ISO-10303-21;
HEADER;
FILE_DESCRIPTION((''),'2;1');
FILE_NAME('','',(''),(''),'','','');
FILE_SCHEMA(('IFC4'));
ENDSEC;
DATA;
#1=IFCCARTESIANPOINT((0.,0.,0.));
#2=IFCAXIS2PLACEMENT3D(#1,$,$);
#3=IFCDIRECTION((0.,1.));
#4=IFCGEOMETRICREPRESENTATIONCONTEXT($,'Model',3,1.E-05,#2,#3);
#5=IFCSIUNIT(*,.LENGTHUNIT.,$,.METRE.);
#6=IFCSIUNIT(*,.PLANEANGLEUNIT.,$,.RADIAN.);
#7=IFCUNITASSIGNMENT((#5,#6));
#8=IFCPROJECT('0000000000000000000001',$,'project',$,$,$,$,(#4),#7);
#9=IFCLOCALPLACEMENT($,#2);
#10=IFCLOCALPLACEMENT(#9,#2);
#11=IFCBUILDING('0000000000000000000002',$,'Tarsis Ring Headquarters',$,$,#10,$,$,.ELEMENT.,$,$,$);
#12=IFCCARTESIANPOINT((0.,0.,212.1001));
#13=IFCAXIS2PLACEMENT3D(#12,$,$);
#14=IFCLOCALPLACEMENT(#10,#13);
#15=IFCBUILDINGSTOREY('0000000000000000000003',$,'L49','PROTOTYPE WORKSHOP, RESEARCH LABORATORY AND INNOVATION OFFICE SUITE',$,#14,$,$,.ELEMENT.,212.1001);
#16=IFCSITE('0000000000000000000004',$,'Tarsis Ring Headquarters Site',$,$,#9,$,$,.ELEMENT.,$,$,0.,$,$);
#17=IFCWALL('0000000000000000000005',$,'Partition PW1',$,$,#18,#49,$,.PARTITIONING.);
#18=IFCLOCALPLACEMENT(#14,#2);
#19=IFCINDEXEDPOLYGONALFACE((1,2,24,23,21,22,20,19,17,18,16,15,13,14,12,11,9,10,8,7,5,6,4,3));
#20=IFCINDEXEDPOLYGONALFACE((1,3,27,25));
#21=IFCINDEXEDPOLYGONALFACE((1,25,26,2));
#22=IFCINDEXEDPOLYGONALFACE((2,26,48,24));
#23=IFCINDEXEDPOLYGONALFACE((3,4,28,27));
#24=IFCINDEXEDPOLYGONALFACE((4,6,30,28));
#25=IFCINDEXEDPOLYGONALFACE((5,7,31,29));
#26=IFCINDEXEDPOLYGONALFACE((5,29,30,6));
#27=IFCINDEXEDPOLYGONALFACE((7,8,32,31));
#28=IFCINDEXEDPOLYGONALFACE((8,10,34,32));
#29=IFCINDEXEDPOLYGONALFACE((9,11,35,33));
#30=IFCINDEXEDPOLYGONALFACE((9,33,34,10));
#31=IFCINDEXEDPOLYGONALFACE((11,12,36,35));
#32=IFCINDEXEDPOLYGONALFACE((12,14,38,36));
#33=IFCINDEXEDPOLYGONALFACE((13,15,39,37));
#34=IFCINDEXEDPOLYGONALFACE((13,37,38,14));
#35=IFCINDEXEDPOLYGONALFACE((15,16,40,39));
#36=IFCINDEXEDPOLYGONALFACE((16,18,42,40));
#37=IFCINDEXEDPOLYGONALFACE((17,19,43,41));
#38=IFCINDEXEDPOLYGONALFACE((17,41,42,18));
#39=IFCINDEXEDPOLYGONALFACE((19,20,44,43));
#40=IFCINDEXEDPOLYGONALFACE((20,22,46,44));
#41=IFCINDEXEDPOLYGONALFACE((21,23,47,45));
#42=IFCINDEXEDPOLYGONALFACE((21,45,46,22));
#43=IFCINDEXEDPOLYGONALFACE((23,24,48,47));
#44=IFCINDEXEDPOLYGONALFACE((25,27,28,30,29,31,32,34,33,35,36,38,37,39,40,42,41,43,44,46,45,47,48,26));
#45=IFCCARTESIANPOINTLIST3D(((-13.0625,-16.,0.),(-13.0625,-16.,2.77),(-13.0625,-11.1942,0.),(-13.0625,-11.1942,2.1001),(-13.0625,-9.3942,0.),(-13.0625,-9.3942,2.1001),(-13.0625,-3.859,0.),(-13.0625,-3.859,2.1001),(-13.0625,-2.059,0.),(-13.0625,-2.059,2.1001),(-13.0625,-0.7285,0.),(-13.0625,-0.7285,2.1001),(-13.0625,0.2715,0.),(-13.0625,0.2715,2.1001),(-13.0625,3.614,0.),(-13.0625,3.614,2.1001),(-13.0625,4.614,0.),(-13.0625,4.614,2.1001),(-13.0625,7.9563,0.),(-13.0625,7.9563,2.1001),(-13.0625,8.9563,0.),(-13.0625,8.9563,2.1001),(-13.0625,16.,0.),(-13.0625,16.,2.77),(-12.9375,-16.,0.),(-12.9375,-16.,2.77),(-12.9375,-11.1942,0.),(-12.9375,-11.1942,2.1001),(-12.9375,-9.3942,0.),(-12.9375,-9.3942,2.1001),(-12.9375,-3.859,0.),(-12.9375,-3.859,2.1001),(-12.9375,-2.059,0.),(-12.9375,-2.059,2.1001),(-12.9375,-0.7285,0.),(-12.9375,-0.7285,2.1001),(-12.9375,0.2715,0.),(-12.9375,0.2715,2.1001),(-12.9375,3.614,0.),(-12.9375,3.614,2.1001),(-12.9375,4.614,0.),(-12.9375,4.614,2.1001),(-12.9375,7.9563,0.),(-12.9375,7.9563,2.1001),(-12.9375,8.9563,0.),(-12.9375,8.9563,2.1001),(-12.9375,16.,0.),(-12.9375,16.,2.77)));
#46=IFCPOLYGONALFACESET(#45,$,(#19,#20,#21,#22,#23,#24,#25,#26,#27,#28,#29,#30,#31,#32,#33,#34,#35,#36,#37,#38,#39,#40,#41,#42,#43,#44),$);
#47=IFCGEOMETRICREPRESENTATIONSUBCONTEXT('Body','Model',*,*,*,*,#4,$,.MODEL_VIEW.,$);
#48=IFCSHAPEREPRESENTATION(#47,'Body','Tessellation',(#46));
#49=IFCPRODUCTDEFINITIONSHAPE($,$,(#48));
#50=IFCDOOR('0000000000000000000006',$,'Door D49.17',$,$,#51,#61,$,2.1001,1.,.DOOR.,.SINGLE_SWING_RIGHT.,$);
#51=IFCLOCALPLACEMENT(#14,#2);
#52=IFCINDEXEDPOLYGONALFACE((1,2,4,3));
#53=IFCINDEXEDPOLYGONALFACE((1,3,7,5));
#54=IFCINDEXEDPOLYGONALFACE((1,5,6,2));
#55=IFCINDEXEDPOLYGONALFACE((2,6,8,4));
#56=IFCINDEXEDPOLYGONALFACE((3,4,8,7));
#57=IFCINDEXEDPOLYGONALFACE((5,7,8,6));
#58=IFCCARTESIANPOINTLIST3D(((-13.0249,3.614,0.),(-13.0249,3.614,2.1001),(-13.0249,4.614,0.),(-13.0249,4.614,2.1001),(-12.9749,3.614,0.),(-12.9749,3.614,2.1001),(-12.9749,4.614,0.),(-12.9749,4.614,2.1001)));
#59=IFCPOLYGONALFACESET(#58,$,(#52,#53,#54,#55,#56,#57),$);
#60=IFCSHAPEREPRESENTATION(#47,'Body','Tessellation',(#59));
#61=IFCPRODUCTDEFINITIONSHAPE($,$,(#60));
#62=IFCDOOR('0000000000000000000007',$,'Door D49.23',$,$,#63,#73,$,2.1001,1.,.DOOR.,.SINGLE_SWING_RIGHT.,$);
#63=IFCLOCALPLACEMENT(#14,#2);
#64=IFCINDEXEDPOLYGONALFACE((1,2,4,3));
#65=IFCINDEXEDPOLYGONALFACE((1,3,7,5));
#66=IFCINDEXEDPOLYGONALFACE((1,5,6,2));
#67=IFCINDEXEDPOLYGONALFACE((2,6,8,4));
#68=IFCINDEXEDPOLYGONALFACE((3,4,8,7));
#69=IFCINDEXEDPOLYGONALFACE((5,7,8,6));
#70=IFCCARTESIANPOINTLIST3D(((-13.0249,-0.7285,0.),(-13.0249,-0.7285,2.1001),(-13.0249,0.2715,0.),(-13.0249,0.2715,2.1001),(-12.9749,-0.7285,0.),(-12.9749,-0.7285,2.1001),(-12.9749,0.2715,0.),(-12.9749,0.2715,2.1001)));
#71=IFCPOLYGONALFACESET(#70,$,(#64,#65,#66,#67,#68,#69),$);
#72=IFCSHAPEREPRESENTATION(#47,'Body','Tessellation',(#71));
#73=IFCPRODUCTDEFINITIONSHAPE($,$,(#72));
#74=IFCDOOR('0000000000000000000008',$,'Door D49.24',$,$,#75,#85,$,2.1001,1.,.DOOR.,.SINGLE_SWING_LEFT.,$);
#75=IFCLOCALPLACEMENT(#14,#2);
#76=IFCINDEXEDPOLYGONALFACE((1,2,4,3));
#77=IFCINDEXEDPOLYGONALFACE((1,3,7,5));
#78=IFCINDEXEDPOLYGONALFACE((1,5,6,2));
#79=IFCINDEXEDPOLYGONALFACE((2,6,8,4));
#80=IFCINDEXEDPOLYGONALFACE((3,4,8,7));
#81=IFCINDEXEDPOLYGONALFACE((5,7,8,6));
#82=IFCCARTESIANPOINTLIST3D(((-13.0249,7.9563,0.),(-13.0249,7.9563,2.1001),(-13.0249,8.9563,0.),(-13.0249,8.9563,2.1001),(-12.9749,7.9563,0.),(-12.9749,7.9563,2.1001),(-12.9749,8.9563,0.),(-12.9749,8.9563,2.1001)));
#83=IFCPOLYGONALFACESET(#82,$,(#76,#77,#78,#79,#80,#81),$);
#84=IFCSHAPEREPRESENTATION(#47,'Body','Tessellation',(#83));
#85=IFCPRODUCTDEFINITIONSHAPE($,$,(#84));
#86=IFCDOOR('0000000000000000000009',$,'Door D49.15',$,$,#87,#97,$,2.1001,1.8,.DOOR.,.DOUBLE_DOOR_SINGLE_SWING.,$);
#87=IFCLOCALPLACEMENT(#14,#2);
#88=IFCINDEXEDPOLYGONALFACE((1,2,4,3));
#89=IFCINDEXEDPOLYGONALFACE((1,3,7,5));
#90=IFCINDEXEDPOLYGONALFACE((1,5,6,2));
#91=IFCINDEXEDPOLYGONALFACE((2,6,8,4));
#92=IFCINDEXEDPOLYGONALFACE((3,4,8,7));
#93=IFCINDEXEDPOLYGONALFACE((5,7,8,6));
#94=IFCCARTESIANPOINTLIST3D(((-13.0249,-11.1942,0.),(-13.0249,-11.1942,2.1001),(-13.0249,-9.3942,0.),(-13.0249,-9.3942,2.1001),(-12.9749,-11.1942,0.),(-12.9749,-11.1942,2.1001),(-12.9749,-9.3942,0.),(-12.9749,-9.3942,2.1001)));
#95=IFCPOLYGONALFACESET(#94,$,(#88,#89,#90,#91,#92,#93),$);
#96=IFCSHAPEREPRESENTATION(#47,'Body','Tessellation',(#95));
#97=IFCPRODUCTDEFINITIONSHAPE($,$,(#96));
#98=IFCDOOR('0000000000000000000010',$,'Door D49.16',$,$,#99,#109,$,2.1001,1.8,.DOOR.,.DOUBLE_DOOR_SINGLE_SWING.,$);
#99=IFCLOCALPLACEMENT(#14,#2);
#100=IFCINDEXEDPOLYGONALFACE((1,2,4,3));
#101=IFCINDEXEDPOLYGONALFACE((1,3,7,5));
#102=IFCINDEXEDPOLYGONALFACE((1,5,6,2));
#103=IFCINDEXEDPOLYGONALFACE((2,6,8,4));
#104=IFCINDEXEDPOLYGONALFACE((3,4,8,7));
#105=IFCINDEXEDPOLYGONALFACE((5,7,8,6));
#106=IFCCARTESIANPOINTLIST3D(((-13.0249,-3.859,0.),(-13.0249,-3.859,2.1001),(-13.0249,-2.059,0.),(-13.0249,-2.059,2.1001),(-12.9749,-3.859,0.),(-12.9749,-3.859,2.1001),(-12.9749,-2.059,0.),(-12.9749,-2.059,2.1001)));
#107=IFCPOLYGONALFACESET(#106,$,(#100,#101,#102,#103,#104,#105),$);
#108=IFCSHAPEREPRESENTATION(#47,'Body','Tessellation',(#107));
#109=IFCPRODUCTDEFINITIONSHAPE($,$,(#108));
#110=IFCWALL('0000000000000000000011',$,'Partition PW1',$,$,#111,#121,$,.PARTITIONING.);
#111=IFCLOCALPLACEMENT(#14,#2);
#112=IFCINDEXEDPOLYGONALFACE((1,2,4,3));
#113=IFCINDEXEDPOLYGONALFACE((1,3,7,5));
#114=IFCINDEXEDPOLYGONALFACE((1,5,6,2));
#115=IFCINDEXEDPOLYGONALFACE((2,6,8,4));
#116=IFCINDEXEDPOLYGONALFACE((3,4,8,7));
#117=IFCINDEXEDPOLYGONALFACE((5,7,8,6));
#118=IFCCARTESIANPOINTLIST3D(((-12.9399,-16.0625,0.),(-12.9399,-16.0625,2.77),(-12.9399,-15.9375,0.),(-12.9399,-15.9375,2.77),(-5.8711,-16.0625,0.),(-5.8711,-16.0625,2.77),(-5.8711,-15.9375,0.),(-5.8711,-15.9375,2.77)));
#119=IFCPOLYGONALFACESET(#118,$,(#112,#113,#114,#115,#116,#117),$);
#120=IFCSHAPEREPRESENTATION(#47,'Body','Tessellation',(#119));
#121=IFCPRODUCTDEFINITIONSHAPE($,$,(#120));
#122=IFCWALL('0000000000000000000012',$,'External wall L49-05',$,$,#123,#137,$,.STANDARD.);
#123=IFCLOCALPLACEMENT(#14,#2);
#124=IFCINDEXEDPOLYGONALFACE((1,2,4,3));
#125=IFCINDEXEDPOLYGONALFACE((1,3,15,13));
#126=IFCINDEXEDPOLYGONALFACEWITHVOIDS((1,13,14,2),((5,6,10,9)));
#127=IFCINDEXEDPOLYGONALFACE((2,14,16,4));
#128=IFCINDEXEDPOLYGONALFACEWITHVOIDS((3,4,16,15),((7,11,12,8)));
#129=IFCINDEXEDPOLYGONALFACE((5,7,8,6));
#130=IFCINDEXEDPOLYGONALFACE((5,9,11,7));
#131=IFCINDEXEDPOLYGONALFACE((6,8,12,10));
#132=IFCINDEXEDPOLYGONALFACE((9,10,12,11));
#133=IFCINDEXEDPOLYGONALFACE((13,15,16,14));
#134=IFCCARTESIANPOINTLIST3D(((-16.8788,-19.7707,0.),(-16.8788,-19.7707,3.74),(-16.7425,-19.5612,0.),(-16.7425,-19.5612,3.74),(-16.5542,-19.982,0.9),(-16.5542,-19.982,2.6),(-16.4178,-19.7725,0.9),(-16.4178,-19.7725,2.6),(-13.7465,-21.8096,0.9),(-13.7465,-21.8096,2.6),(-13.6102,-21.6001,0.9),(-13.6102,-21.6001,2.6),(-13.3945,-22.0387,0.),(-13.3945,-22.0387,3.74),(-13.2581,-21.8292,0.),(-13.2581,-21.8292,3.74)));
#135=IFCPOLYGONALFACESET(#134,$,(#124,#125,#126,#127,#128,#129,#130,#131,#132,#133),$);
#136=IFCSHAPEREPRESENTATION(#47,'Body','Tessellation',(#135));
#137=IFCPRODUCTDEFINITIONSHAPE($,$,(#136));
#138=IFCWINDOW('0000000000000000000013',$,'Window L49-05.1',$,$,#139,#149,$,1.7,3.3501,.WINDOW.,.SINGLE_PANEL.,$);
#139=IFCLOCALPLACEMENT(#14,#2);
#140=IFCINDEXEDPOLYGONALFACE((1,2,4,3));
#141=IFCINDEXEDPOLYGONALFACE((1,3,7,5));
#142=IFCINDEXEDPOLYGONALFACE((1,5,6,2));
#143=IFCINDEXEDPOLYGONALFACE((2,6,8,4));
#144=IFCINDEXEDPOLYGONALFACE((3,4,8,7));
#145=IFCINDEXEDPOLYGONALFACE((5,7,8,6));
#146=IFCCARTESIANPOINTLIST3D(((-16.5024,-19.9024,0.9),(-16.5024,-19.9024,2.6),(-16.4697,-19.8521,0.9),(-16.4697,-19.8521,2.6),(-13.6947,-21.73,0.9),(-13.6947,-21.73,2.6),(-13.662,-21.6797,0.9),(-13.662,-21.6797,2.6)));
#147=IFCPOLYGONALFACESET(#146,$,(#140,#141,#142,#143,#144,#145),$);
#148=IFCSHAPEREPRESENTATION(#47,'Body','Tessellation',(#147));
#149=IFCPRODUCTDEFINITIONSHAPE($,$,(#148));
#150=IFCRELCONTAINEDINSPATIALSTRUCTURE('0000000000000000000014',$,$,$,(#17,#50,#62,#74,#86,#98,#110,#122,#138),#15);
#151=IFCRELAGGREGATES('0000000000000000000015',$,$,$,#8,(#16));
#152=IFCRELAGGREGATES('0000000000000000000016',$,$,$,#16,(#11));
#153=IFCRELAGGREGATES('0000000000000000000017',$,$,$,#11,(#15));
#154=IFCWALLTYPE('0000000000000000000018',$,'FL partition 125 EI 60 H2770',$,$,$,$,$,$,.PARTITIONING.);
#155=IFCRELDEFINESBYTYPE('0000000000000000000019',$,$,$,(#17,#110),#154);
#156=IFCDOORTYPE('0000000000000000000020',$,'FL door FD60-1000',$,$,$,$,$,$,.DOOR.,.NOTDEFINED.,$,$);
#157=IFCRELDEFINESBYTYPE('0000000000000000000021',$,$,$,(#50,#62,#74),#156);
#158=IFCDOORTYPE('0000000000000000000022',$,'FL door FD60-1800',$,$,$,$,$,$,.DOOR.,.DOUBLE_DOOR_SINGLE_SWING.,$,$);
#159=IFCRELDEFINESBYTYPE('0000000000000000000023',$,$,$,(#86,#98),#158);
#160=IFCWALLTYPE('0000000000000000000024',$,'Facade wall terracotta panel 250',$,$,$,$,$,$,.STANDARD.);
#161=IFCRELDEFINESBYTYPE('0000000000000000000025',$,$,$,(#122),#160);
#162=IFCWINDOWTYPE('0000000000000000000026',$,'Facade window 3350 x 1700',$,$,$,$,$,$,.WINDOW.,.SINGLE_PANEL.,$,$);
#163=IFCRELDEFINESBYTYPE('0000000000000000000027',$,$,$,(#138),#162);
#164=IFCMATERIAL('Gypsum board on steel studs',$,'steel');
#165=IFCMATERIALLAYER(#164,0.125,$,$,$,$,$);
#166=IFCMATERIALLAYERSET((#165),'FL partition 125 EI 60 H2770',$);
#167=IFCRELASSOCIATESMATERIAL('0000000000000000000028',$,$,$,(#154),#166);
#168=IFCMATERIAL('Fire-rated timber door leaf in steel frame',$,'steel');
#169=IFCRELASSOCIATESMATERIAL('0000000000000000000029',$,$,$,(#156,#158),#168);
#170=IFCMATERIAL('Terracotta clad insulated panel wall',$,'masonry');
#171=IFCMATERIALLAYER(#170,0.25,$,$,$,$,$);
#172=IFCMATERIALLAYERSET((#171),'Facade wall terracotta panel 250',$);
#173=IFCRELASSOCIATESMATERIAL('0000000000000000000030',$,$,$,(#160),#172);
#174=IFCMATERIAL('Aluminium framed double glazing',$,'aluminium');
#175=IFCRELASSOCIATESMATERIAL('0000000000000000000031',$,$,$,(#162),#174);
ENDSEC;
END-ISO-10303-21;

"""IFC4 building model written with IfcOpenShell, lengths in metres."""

from ifc_helpers import new_model, si_unit, direction, frame, frame_2d, origin, place, context, subcontext, project, spatial, rectangle, extrude, material, layer, layer_set, type_object, element, fill, save


model = new_model("IFC4")

# Units and contexts
model_context = context("Model", 3, precision=1e-05, world=origin(), true_north=direction((0.0, 1.0)))
body_context = subcontext(model_context, "Body", "Model", "MODEL_VIEW")
ifc_project = project(units=[si_unit("LENGTHUNIT", "METRE"), si_unit("PLANEANGLEUNIT", "RADIAN")], contexts=[model_context])

# Site, building, storey
site_placement = place(None, origin())
site = spatial("IfcSite", under=ifc_project, at=site_placement, Name="Tarsis Ring Headquarters Site", CompositionType="ELEMENT", RefElevation=0.0)
building_placement = place(site_placement, origin())
building = spatial("IfcBuilding", under=site, at=building_placement, Name="Tarsis Ring Headquarters", CompositionType="ELEMENT")
storey_placement = place(building_placement, frame((0.0, 0.0, 212.1001)))
storey = spatial("IfcBuildingStorey", under=building, at=storey_placement, Name="L49", Description="PROTOTYPE WORKSHOP, RESEARCH LABORATORY AND INNOVATION OFFICE SUITE", CompositionType="ELEMENT", Elevation=212.1001)

# Shared definitions
ifc_material_1 = material(Name="Gypsum board on steel studs", Category="steel")

# Wall, openings, doors
ifc_layer_1 = layer(ifc_material_1, 0.125)
ifc_layer_set_1 = layer_set([ifc_layer_1], Name="FL partition 125 EI 60 H2770")
wall_type_1 = type_object("IfcWallType", Name="FL partition 125 EI 60 H2770", PredefinedType="PARTITIONING", material=ifc_layer_set_1)
wall_1_placement = place(storey_placement, frame((-13.0, -16.0, 0.0), z_axis=(0.0, 0.0, 1.0), x_axis=(0.0, 1.0, 0.0)))
wall_1 = element("IfcWall", 1, at=wall_1_placement, inside=storey, type_object=wall_type_1, Name="Partition PW1", PredefinedType="PARTITIONING", context=body_context, shape_type="SweptSolid", body=[
    extrude(rectangle(XDim=32.0, YDim=0.125, at=frame_2d((16.0, 0.0))), origin(), (0.0, 0.0, 1.0), 2.77),
])
opening_1_placement = place(wall_1_placement, frame((4.8059, 0.0, 0.0)))
opening_1 = element("IfcOpeningElement", 2, at=opening_1_placement, cuts=wall_1, PredefinedType="OPENING", context=body_context, shape_type="SweptSolid", body=[
    extrude(rectangle(XDim=1.8, YDim=2.1001, at=frame_2d((0.8999, 1.05))), frame((0.0, 0.0725, 0.0), z_axis=(0.0, -1.0, 0.0), x_axis=(1.0, 0.0, 0.0)), (0.0, 0.0, 1.0), 0.145),
])
opening_2_placement = place(wall_1_placement, frame((12.1411, 0.0, 0.0)))
opening_2 = element("IfcOpeningElement", 3, at=opening_2_placement, cuts=wall_1, PredefinedType="OPENING", context=body_context, shape_type="SweptSolid", body=[
    extrude(rectangle(XDim=1.8, YDim=2.1001, at=frame_2d((0.8999, 1.05))), frame((0.0, 0.0725, 0.0), z_axis=(0.0, -1.0, 0.0), x_axis=(1.0, 0.0, 0.0)), (0.0, 0.0, 1.0), 0.145),
])
opening_3_placement = place(wall_1_placement, frame((19.614, 0.0, 0.0)))
opening_3 = element("IfcOpeningElement", 4, at=opening_3_placement, cuts=wall_1, PredefinedType="OPENING", context=body_context, shape_type="SweptSolid", body=[
    extrude(rectangle(XDim=1.0, YDim=2.1001, at=frame_2d((0.5, 1.05))), frame((0.0, 0.0725, 0.0), z_axis=(0.0, -1.0, 0.0), x_axis=(1.0, 0.0, 0.0)), (0.0, 0.0, 1.0), 0.145),
])
opening_4_placement = place(wall_1_placement, frame((15.2715, 0.0, 0.0)))
opening_4 = element("IfcOpeningElement", 5, at=opening_4_placement, cuts=wall_1, PredefinedType="OPENING", context=body_context, shape_type="SweptSolid", body=[
    extrude(rectangle(XDim=1.0, YDim=2.1001, at=frame_2d((0.5, 1.05))), frame((0.0, 0.0725, 0.0), z_axis=(0.0, -1.0, 0.0), x_axis=(1.0, 0.0, 0.0)), (0.0, 0.0, 1.0), 0.145),
])
opening_5_placement = place(wall_1_placement, frame((23.9563, 0.0, 0.0)))
opening_5 = element("IfcOpeningElement", 6, at=opening_5_placement, cuts=wall_1, PredefinedType="OPENING", context=body_context, shape_type="SweptSolid", body=[
    extrude(rectangle(XDim=1.0, YDim=2.1001, at=frame_2d((0.5, 1.05))), frame((0.0, 0.0725, 0.0), z_axis=(0.0, -1.0, 0.0), x_axis=(1.0, 0.0, 0.0)), (0.0, 0.0, 1.0), 0.145),
])
ifc_material_2 = material(Name="Fire-rated timber door leaf in steel frame", Category="steel")
door_type_1 = type_object("IfcDoorType", Name="FL door FD60-1000", OperationType="NOTDEFINED", PredefinedType="DOOR", material=ifc_material_2)
door_1_placement = place(opening_3_placement, origin())
door_1 = element("IfcDoor", 7, at=door_1_placement, inside=storey, type_object=door_type_1, Name="Door D49.17", OperationType="SINGLE_SWING_RIGHT", OverallHeight=2.1001, OverallWidth=1.0, PredefinedType="DOOR", context=body_context, shape_type="SweptSolid", body=[
    extrude(rectangle(XDim=1.0, YDim=2.1001, at=frame_2d((0.5, 1.05))), frame((0.0, 0.0249, 0.0), z_axis=(0.0, -1.0, 0.0), x_axis=(1.0, 0.0, 0.0)), (0.0, 0.0, 1.0), 0.05),
])
fill(opening_3, door_1)
door_2_placement = place(opening_4_placement, origin())
door_2 = element("IfcDoor", 8, at=door_2_placement, inside=storey, type_object=door_type_1, Name="Door D49.23", OperationType="SINGLE_SWING_RIGHT", OverallHeight=2.1001, OverallWidth=1.0, PredefinedType="DOOR", context=body_context, shape_type="SweptSolid", body=[
    extrude(rectangle(XDim=1.0, YDim=2.1001, at=frame_2d((0.5, 1.05))), frame((0.0, 0.0249, 0.0), z_axis=(0.0, -1.0, 0.0), x_axis=(1.0, 0.0, 0.0)), (0.0, 0.0, 1.0), 0.05),
])
fill(opening_4, door_2)
door_3_placement = place(opening_5_placement, origin())
door_3 = element("IfcDoor", 9, at=door_3_placement, inside=storey, type_object=door_type_1, Name="Door D49.24", OperationType="SINGLE_SWING_LEFT", OverallHeight=2.1001, OverallWidth=1.0, PredefinedType="DOOR", context=body_context, shape_type="SweptSolid", body=[
    extrude(rectangle(XDim=1.0, YDim=2.1001, at=frame_2d((0.5, 1.05))), frame((0.0, 0.0249, 0.0), z_axis=(0.0, -1.0, 0.0), x_axis=(1.0, 0.0, 0.0)), (0.0, 0.0, 1.0), 0.05),
])
fill(opening_5, door_3)
door_type_2 = type_object("IfcDoorType", Name="FL door FD60-1800", OperationType="DOUBLE_DOOR_SINGLE_SWING", PredefinedType="DOOR", material=ifc_material_2)
door_4_placement = place(opening_1_placement, origin())
door_4 = element("IfcDoor", 10, at=door_4_placement, inside=storey, type_object=door_type_2, Name="Door D49.15", OperationType="DOUBLE_DOOR_SINGLE_SWING", OverallHeight=2.1001, OverallWidth=1.8, PredefinedType="DOOR", context=body_context, shape_type="SweptSolid", body=[
    extrude(rectangle(XDim=1.8, YDim=2.1001, at=frame_2d((0.8999, 1.05))), frame((0.0, 0.0249, 0.0), z_axis=(0.0, -1.0, 0.0), x_axis=(1.0, 0.0, 0.0)), (0.0, 0.0, 1.0), 0.05),
])
fill(opening_1, door_4)
door_5_placement = place(opening_2_placement, origin())
door_5 = element("IfcDoor", 11, at=door_5_placement, inside=storey, type_object=door_type_2, Name="Door D49.16", OperationType="DOUBLE_DOOR_SINGLE_SWING", OverallHeight=2.1001, OverallWidth=1.8, PredefinedType="DOOR", context=body_context, shape_type="SweptSolid", body=[
    extrude(rectangle(XDim=1.8, YDim=2.1001, at=frame_2d((0.8999, 1.05))), frame((0.0, 0.0249, 0.0), z_axis=(0.0, -1.0, 0.0), x_axis=(1.0, 0.0, 0.0)), (0.0, 0.0, 1.0), 0.05),
])
fill(opening_2, door_5)

# Wall
wall_2_placement = place(storey_placement, frame((-12.9399, -16.0, 0.0), z_axis=(0.0, 0.0, 1.0), x_axis=(1.0, 0.0, 0.0)))
element("IfcWall", 12, at=wall_2_placement, inside=storey, type_object=wall_type_1, Name="Partition PW1", PredefinedType="PARTITIONING", context=body_context, shape_type="SweptSolid", body=[
    extrude(rectangle(XDim=7.0688, YDim=0.125, at=frame_2d((3.5344, 0.0))), origin(), (0.0, 0.0, 1.0), 2.77),
])

# Wall, opening, window
ifc_material_3 = material(Name="Terracotta clad insulated panel wall", Category="masonry")
ifc_layer_2 = layer(ifc_material_3, 0.25)
ifc_layer_set_2 = layer_set([ifc_layer_2], Name="Facade wall terracotta panel 250")
wall_type_2 = type_object("IfcWallType", Name="Facade wall terracotta panel 250", PredefinedType="STANDARD", material=ifc_layer_set_2)
wall_3_placement = place(storey_placement, frame((-16.8105, -19.666, 0.0), z_axis=(0.0, 0.0, 1.0), x_axis=(0.838089, -0.545533, 0.0)))
wall_3 = element("IfcWall", 13, at=wall_3_placement, inside=storey, type_object=wall_type_2, Name="External wall L49-05", PredefinedType="STANDARD", context=body_context, shape_type="SweptSolid", body=[
    extrude(rectangle(XDim=4.1575, YDim=0.25, at=frame_2d((2.0786, 0.0))), origin(), (0.0, 0.0, 1.0), 3.74),
])
opening_6_placement = place(wall_3_placement, frame((0.3872, 0.0, 0.8999)))
opening_6 = element("IfcOpeningElement", 14, at=opening_6_placement, cuts=wall_3, PredefinedType="OPENING", context=body_context, shape_type="SweptSolid", body=[
    extrude(rectangle(XDim=3.3501, YDim=1.7, at=frame_2d((1.675, 0.8501))), frame((0.0, 0.135, 0.0), z_axis=(0.0, -1.0, 0.0), x_axis=(1.0, 0.0, 0.0)), (0.0, 0.0, 1.0), 0.27),
])
ifc_material_4 = material(Name="Aluminium framed double glazing", Category="aluminium")
window_type_1 = type_object("IfcWindowType", Name="Facade window 3350 x 1700", PartitioningType="SINGLE_PANEL", PredefinedType="WINDOW", material=ifc_material_4)
window_1_placement = place(opening_6_placement, origin())
window_1 = element("IfcWindow", 15, at=window_1_placement, inside=storey, type_object=window_type_1, Name="Window L49-05.1", OverallHeight=1.7, OverallWidth=3.3501, PartitioningType="SINGLE_PANEL", PredefinedType="WINDOW", context=body_context, shape_type="SweptSolid", body=[
    extrude(rectangle(XDim=3.3501, YDim=1.7, at=frame_2d((1.675, 0.8501))), frame((0.0, 0.03, 0.0), z_axis=(0.0, -1.0, 0.0), x_axis=(1.0, 0.0, 0.0)), (0.0, 0.0, 1.0), 0.0601),
])
fill(opening_6, window_1)

save(model, "model.ifc")
